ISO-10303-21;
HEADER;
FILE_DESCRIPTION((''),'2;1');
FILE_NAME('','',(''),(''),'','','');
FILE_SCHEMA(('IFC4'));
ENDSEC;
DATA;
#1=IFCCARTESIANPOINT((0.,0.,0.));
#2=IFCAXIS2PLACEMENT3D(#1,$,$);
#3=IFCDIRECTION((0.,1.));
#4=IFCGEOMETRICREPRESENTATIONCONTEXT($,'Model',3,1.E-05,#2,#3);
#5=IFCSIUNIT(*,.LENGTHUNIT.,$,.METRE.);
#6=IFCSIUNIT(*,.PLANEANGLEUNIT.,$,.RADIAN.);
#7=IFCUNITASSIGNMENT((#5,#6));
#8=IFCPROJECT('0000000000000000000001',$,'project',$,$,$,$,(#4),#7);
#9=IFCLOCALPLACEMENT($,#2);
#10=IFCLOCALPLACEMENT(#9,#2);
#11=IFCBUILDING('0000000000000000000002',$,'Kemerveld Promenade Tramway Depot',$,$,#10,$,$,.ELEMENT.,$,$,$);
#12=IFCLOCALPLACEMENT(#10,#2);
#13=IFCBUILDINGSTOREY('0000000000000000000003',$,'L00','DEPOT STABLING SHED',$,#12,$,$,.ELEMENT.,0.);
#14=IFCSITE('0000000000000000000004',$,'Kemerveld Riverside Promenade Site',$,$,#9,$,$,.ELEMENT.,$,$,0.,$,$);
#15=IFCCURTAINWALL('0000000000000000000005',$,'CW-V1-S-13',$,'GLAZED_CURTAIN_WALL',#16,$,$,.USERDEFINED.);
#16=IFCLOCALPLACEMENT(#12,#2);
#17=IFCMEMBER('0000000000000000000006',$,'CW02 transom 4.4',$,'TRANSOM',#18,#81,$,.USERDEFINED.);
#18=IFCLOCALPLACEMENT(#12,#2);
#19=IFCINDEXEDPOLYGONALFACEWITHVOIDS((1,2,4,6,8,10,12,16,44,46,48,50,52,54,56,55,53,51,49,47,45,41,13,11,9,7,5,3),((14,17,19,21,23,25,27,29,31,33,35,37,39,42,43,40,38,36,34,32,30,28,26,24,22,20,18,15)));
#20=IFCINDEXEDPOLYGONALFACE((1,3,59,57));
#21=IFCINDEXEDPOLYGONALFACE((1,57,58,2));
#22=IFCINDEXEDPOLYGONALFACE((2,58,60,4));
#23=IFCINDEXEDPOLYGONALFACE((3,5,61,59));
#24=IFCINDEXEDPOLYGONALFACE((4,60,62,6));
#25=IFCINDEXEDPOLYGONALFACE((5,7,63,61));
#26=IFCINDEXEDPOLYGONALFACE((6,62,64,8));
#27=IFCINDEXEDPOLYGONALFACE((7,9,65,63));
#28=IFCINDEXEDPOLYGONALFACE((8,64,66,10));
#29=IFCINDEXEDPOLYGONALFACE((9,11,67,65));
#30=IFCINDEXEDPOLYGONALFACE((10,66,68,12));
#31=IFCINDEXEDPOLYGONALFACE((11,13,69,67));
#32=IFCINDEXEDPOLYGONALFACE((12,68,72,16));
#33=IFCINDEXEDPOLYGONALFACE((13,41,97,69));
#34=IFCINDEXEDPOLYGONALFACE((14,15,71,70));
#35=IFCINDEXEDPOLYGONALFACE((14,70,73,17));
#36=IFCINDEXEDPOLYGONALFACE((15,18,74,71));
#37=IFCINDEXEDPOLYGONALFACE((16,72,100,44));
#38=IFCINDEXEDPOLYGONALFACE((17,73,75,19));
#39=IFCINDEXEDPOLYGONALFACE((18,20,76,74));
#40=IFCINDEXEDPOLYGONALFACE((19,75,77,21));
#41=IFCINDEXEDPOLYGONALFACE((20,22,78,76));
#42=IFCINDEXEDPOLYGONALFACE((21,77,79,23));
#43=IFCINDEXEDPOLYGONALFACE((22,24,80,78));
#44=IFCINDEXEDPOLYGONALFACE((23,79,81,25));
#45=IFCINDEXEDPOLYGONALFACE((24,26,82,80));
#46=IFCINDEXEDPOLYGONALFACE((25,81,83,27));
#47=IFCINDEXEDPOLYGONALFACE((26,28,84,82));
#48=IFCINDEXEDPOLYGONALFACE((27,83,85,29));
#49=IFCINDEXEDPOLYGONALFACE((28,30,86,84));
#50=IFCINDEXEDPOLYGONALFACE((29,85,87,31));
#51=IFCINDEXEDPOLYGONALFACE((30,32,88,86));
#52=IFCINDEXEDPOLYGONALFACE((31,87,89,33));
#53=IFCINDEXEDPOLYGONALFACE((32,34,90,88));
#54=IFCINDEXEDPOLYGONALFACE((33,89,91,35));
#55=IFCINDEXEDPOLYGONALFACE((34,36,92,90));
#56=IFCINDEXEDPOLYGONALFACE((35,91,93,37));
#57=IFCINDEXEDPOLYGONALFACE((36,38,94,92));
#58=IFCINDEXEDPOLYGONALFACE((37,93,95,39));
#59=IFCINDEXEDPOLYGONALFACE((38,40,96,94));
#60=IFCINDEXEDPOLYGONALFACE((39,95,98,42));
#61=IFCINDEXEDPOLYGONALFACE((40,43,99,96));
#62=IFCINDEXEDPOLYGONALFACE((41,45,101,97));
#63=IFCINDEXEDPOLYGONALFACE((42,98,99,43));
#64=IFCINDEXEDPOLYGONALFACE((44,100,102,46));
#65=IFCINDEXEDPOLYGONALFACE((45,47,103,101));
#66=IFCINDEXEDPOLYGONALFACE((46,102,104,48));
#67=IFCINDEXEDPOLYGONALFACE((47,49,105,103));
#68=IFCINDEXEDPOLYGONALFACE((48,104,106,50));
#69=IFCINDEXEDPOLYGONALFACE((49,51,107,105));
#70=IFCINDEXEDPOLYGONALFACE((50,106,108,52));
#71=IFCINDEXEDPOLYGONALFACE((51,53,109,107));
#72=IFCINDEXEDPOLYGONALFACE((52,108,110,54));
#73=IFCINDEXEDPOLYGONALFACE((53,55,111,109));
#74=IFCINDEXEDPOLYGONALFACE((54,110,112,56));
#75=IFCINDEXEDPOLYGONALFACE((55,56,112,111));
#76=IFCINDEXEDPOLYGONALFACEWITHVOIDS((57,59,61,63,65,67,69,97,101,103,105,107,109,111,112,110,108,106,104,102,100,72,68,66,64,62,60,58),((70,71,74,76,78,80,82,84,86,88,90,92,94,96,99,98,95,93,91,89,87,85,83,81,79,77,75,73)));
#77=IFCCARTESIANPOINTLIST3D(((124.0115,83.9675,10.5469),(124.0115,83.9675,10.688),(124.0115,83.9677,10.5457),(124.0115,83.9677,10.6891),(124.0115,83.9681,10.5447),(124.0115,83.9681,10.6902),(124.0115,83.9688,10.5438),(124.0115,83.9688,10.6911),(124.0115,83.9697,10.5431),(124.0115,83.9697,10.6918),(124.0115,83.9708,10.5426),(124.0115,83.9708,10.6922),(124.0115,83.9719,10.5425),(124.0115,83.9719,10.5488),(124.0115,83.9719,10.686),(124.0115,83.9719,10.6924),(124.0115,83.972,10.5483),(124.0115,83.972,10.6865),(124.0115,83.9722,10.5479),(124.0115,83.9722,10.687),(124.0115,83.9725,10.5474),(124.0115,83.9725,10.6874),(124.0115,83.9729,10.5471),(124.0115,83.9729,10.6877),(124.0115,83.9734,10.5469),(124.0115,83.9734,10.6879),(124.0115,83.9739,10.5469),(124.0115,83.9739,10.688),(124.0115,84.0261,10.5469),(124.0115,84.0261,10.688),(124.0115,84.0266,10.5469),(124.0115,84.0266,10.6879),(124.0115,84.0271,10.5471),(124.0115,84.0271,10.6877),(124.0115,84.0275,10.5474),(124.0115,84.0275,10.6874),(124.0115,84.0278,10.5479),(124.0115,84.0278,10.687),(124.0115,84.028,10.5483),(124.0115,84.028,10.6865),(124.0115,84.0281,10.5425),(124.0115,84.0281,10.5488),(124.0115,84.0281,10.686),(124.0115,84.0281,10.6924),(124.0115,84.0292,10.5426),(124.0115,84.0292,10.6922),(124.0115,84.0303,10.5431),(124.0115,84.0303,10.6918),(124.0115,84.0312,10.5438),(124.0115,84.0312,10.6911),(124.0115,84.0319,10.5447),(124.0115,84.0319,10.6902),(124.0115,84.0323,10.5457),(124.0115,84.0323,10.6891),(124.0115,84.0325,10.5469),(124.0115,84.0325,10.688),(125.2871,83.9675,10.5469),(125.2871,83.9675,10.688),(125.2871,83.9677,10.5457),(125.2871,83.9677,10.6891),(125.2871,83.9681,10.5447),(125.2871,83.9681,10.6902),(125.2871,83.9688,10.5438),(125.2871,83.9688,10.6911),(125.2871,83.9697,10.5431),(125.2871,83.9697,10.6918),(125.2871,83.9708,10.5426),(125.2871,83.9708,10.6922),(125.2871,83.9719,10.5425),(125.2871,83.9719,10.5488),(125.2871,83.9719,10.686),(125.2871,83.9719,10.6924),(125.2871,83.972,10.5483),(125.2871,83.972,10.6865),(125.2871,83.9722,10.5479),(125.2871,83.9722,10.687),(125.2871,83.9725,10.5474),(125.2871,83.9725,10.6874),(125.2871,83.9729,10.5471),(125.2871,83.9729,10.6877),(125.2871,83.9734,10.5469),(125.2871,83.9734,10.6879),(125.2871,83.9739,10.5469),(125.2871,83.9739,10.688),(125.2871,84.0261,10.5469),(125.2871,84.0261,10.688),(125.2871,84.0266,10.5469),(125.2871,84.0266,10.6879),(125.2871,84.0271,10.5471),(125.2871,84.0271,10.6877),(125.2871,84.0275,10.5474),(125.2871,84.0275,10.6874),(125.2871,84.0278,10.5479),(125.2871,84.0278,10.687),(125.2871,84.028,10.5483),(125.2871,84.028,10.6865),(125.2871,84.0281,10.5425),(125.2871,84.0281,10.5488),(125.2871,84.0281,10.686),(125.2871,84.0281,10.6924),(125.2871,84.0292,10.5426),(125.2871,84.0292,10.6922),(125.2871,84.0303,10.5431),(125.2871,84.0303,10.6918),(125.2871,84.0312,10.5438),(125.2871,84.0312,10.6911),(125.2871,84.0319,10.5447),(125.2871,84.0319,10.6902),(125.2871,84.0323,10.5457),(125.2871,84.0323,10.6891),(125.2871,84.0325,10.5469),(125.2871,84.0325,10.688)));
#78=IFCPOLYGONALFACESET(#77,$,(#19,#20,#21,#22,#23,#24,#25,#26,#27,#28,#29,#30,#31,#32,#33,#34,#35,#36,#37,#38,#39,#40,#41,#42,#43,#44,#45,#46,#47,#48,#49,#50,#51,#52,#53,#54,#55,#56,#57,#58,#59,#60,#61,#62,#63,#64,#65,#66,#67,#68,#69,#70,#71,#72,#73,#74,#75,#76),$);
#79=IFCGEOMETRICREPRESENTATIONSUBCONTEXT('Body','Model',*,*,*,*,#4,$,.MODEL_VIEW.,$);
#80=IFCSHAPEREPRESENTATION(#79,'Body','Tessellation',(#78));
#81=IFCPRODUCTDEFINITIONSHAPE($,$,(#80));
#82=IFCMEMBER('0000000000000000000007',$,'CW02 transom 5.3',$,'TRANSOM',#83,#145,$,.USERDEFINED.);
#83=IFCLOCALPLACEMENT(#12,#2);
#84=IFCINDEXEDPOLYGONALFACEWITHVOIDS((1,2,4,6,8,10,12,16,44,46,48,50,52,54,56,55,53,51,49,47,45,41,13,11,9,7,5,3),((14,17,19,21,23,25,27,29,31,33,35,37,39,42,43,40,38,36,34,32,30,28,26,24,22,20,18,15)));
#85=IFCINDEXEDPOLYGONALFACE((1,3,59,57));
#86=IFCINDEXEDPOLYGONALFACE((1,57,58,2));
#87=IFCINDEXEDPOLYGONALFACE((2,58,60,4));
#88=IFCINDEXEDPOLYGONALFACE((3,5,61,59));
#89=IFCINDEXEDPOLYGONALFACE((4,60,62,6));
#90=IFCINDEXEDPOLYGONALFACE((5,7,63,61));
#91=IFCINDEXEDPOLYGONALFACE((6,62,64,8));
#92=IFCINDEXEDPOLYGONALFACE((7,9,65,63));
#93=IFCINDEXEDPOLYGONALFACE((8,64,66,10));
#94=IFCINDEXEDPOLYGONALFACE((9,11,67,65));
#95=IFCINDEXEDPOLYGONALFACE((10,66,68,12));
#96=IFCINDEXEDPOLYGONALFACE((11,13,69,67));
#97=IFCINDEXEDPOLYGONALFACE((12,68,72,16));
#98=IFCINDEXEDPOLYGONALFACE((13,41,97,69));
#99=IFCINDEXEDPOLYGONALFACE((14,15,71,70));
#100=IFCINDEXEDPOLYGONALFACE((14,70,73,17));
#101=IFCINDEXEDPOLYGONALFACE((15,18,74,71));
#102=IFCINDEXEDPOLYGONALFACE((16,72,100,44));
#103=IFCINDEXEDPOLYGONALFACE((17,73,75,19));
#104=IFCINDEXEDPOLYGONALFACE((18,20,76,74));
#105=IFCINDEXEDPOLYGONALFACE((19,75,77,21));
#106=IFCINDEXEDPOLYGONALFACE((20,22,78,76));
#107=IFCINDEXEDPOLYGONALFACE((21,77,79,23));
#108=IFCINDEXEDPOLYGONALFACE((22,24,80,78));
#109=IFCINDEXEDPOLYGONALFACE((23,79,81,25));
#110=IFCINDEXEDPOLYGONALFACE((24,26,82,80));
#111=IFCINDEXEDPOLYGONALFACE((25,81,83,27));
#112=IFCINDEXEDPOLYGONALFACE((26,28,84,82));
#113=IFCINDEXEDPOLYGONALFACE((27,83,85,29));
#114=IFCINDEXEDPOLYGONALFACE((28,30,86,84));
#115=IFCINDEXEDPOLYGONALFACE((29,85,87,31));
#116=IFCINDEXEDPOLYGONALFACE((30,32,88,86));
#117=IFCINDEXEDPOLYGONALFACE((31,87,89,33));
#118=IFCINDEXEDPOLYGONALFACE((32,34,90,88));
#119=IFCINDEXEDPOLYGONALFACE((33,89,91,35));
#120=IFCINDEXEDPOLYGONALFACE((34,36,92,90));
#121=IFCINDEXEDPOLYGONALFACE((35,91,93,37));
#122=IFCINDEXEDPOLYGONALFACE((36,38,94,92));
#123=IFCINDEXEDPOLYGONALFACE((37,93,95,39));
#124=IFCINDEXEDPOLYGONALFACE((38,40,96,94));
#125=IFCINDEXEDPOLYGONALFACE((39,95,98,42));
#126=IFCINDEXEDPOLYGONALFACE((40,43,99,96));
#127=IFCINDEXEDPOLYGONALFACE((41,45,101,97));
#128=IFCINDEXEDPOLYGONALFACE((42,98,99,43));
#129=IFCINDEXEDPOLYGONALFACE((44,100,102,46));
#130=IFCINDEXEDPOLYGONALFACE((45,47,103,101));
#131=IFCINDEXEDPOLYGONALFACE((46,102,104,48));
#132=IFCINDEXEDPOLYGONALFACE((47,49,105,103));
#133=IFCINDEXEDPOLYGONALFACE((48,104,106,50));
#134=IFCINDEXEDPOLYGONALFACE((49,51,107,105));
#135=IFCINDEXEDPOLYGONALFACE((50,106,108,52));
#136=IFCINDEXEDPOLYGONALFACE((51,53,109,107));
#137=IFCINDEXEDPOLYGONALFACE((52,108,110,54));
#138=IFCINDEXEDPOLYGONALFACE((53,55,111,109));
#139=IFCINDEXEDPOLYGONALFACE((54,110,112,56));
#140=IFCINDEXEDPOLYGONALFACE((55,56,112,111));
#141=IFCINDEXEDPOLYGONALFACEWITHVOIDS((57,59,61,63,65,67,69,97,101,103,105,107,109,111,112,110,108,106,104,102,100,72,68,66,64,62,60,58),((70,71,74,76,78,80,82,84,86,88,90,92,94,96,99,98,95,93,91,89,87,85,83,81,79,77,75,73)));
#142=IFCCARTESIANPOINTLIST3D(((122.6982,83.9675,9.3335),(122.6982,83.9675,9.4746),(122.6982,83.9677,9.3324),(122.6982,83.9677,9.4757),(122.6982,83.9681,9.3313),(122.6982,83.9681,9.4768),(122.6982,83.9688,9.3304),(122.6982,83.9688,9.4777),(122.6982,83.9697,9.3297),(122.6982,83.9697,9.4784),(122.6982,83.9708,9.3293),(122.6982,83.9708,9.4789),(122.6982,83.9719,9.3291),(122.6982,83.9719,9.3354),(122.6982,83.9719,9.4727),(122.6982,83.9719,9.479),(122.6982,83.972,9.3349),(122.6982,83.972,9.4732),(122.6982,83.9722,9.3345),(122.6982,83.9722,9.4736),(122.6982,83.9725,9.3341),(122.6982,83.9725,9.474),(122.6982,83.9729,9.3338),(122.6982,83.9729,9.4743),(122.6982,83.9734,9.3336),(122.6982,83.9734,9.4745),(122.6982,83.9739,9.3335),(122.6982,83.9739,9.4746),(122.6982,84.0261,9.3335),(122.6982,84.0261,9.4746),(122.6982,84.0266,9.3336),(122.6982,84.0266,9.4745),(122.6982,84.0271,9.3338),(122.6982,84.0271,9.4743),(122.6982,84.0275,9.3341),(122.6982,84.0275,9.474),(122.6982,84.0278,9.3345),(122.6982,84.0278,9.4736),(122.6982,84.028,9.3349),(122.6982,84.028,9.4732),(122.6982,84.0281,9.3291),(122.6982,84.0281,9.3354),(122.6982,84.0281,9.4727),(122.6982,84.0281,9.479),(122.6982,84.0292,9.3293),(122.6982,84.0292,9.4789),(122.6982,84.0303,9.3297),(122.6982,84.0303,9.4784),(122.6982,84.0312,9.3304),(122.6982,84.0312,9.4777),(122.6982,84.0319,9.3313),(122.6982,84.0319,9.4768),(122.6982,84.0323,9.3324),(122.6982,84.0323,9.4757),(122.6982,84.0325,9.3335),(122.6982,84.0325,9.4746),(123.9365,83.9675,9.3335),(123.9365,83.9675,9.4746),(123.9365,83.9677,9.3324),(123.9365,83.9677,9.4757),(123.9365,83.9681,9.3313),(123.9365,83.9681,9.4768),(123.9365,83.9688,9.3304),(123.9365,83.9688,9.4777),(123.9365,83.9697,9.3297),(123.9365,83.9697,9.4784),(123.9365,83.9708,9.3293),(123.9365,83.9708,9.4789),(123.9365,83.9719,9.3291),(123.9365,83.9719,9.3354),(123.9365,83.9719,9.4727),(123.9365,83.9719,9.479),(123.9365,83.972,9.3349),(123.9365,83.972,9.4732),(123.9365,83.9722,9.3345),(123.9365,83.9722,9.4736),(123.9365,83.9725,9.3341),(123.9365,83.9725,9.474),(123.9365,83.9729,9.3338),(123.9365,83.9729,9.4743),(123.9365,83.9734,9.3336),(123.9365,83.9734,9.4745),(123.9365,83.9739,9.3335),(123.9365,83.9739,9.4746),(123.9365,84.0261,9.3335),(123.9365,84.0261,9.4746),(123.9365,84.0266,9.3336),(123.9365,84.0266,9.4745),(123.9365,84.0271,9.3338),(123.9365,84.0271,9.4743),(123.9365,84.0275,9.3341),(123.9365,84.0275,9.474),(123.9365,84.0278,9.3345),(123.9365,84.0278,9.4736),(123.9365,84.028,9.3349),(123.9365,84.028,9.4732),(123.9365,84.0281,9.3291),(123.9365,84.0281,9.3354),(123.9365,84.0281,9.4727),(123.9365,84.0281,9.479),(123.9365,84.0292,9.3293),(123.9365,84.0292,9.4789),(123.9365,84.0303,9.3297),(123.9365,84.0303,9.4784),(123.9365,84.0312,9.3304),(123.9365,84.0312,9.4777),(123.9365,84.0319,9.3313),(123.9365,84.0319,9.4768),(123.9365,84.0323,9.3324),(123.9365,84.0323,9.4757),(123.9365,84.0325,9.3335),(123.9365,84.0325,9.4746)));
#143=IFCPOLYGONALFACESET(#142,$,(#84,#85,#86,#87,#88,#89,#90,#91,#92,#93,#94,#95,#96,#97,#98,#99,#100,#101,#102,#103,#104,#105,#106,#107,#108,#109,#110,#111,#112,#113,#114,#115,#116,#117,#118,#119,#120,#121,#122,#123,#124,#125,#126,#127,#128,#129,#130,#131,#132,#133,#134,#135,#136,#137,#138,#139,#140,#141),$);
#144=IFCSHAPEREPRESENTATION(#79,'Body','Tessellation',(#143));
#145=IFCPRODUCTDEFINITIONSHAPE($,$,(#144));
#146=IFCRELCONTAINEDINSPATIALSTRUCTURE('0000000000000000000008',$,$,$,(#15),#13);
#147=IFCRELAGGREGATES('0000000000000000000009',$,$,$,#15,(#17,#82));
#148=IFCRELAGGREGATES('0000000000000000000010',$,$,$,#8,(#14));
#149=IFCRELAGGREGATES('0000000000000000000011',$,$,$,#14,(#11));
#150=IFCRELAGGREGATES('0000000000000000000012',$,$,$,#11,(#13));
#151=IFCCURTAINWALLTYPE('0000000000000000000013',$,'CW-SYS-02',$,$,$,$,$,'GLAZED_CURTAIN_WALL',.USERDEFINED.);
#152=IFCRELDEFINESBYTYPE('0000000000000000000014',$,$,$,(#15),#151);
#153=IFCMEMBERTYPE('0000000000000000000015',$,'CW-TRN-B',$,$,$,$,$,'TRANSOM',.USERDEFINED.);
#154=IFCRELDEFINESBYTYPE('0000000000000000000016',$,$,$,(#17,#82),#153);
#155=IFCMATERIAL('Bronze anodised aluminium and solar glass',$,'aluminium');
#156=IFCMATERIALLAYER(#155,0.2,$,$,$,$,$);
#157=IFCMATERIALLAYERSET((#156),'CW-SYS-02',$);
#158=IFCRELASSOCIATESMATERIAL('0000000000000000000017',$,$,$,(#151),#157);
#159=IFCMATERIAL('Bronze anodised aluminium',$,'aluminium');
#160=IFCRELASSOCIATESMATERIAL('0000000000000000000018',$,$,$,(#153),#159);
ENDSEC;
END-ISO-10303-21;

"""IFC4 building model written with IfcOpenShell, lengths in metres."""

from ifc_helpers import new_model, si_unit, direction, frame, origin, origin_2d, place, context, subcontext, project, spatial, hollow_rectangle, extrude, material, layer, layer_set, material_profile, profile_set, type_object, element, aggregate, save


model = new_model("IFC4")

# Units and contexts
model_context = context("Model", 3, precision=1e-05, world=origin(), true_north=direction((0.0, 1.0)))
body_context = subcontext(model_context, "Body", "Model", "MODEL_VIEW")
ifc_project = project(units=[si_unit("LENGTHUNIT", "METRE"), si_unit("PLANEANGLEUNIT", "RADIAN")], contexts=[model_context])

# Site, building, storey
site_placement = place(None, origin())
site = spatial("IfcSite", under=ifc_project, at=site_placement, Name="Kemerveld Riverside Promenade Site", CompositionType="ELEMENT", RefElevation=0.0)
building_placement = place(site_placement, origin())
building = spatial("IfcBuilding", under=site, at=building_placement, Name="Kemerveld Promenade Tramway Depot", CompositionType="ELEMENT")
storey_placement = place(building_placement, origin())
storey = spatial("IfcBuildingStorey", under=building, at=storey_placement, Name="L00", Description="DEPOT STABLING SHED", CompositionType="ELEMENT", Elevation=0.0)

# Curtain wall, members
ifc_material_1 = material(Name="Bronze anodised aluminium and solar glass", Category="aluminium")
ifc_material_2 = material(Name="Bronze anodised aluminium", Category="aluminium")
ifc_layer_1 = layer(ifc_material_1, 0.2)
ifc_layer_set_1 = layer_set([ifc_layer_1], Name="CW-SYS-02")
curtain_wall_type_1 = type_object("IfcCurtainWallType", Name="CW-SYS-02", ElementType="GLAZED_CURTAIN_WALL", PredefinedType="USERDEFINED", material=ifc_layer_set_1)
curtain_wall_1_placement = place(storey_placement, origin())
curtain_wall_1 = element("IfcCurtainWall", 1, at=curtain_wall_1_placement, inside=storey, type_object=curtain_wall_type_1, Name="CW-V1-S-13", ObjectType="GLAZED_CURTAIN_WALL", PredefinedType="USERDEFINED")
ifc_material_profile_1 = material_profile(ifc_material_2, hollow_rectangle(XDim=0.0649, YDim=0.1499, WallThickness=0.0044, InnerFilletRadius=0.002, OuterFilletRadius=0.0044, at=origin_2d()), Name="CW-TRN-150x65")
ifc_profile_set_1 = profile_set([ifc_material_profile_1], Name="Bronze anodised aluminium")
member_type_1 = type_object("IfcMemberType", Name="CW-TRN-B", ElementType="TRANSOM", PredefinedType="USERDEFINED", material=ifc_profile_set_1)
member_1_placement = place(storey_placement, frame((125.2871, 84.0, 10.6174), z_axis=(-1.0, 0.0, 0.0), x_axis=(0.0, -1.0, 0.0)))
member_1 = element("IfcMember", 2, at=member_1_placement, type_object=member_type_1, Name="CW02 transom 4.4", ObjectType="TRANSOM", PredefinedType="USERDEFINED", context=body_context, shape_type="SweptSolid", body=[
    extrude(hollow_rectangle(XDim=0.0649, YDim=0.1499, WallThickness=0.0044, InnerFilletRadius=0.002, OuterFilletRadius=0.0044, at=origin_2d()), origin(), (0.0, 0.0, 1.0), 1.2756),
])
member_2_placement = place(storey_placement, frame((123.9365, 84.0, 9.4041), z_axis=(-1.0, 0.0, 0.0), x_axis=(0.0, -1.0, 0.0)))
member_2 = element("IfcMember", 3, at=member_2_placement, type_object=member_type_1, Name="CW02 transom 5.3", ObjectType="TRANSOM", PredefinedType="USERDEFINED", context=body_context, shape_type="SweptSolid", body=[
    extrude(hollow_rectangle(XDim=0.0649, YDim=0.1499, WallThickness=0.0044, InnerFilletRadius=0.002, OuterFilletRadius=0.0044, at=origin_2d()), origin(), (0.0, 0.0, 1.0), 1.2383),
])

aggregate(curtain_wall_1, [member_1, member_2])

save(model, "model.ifc")
